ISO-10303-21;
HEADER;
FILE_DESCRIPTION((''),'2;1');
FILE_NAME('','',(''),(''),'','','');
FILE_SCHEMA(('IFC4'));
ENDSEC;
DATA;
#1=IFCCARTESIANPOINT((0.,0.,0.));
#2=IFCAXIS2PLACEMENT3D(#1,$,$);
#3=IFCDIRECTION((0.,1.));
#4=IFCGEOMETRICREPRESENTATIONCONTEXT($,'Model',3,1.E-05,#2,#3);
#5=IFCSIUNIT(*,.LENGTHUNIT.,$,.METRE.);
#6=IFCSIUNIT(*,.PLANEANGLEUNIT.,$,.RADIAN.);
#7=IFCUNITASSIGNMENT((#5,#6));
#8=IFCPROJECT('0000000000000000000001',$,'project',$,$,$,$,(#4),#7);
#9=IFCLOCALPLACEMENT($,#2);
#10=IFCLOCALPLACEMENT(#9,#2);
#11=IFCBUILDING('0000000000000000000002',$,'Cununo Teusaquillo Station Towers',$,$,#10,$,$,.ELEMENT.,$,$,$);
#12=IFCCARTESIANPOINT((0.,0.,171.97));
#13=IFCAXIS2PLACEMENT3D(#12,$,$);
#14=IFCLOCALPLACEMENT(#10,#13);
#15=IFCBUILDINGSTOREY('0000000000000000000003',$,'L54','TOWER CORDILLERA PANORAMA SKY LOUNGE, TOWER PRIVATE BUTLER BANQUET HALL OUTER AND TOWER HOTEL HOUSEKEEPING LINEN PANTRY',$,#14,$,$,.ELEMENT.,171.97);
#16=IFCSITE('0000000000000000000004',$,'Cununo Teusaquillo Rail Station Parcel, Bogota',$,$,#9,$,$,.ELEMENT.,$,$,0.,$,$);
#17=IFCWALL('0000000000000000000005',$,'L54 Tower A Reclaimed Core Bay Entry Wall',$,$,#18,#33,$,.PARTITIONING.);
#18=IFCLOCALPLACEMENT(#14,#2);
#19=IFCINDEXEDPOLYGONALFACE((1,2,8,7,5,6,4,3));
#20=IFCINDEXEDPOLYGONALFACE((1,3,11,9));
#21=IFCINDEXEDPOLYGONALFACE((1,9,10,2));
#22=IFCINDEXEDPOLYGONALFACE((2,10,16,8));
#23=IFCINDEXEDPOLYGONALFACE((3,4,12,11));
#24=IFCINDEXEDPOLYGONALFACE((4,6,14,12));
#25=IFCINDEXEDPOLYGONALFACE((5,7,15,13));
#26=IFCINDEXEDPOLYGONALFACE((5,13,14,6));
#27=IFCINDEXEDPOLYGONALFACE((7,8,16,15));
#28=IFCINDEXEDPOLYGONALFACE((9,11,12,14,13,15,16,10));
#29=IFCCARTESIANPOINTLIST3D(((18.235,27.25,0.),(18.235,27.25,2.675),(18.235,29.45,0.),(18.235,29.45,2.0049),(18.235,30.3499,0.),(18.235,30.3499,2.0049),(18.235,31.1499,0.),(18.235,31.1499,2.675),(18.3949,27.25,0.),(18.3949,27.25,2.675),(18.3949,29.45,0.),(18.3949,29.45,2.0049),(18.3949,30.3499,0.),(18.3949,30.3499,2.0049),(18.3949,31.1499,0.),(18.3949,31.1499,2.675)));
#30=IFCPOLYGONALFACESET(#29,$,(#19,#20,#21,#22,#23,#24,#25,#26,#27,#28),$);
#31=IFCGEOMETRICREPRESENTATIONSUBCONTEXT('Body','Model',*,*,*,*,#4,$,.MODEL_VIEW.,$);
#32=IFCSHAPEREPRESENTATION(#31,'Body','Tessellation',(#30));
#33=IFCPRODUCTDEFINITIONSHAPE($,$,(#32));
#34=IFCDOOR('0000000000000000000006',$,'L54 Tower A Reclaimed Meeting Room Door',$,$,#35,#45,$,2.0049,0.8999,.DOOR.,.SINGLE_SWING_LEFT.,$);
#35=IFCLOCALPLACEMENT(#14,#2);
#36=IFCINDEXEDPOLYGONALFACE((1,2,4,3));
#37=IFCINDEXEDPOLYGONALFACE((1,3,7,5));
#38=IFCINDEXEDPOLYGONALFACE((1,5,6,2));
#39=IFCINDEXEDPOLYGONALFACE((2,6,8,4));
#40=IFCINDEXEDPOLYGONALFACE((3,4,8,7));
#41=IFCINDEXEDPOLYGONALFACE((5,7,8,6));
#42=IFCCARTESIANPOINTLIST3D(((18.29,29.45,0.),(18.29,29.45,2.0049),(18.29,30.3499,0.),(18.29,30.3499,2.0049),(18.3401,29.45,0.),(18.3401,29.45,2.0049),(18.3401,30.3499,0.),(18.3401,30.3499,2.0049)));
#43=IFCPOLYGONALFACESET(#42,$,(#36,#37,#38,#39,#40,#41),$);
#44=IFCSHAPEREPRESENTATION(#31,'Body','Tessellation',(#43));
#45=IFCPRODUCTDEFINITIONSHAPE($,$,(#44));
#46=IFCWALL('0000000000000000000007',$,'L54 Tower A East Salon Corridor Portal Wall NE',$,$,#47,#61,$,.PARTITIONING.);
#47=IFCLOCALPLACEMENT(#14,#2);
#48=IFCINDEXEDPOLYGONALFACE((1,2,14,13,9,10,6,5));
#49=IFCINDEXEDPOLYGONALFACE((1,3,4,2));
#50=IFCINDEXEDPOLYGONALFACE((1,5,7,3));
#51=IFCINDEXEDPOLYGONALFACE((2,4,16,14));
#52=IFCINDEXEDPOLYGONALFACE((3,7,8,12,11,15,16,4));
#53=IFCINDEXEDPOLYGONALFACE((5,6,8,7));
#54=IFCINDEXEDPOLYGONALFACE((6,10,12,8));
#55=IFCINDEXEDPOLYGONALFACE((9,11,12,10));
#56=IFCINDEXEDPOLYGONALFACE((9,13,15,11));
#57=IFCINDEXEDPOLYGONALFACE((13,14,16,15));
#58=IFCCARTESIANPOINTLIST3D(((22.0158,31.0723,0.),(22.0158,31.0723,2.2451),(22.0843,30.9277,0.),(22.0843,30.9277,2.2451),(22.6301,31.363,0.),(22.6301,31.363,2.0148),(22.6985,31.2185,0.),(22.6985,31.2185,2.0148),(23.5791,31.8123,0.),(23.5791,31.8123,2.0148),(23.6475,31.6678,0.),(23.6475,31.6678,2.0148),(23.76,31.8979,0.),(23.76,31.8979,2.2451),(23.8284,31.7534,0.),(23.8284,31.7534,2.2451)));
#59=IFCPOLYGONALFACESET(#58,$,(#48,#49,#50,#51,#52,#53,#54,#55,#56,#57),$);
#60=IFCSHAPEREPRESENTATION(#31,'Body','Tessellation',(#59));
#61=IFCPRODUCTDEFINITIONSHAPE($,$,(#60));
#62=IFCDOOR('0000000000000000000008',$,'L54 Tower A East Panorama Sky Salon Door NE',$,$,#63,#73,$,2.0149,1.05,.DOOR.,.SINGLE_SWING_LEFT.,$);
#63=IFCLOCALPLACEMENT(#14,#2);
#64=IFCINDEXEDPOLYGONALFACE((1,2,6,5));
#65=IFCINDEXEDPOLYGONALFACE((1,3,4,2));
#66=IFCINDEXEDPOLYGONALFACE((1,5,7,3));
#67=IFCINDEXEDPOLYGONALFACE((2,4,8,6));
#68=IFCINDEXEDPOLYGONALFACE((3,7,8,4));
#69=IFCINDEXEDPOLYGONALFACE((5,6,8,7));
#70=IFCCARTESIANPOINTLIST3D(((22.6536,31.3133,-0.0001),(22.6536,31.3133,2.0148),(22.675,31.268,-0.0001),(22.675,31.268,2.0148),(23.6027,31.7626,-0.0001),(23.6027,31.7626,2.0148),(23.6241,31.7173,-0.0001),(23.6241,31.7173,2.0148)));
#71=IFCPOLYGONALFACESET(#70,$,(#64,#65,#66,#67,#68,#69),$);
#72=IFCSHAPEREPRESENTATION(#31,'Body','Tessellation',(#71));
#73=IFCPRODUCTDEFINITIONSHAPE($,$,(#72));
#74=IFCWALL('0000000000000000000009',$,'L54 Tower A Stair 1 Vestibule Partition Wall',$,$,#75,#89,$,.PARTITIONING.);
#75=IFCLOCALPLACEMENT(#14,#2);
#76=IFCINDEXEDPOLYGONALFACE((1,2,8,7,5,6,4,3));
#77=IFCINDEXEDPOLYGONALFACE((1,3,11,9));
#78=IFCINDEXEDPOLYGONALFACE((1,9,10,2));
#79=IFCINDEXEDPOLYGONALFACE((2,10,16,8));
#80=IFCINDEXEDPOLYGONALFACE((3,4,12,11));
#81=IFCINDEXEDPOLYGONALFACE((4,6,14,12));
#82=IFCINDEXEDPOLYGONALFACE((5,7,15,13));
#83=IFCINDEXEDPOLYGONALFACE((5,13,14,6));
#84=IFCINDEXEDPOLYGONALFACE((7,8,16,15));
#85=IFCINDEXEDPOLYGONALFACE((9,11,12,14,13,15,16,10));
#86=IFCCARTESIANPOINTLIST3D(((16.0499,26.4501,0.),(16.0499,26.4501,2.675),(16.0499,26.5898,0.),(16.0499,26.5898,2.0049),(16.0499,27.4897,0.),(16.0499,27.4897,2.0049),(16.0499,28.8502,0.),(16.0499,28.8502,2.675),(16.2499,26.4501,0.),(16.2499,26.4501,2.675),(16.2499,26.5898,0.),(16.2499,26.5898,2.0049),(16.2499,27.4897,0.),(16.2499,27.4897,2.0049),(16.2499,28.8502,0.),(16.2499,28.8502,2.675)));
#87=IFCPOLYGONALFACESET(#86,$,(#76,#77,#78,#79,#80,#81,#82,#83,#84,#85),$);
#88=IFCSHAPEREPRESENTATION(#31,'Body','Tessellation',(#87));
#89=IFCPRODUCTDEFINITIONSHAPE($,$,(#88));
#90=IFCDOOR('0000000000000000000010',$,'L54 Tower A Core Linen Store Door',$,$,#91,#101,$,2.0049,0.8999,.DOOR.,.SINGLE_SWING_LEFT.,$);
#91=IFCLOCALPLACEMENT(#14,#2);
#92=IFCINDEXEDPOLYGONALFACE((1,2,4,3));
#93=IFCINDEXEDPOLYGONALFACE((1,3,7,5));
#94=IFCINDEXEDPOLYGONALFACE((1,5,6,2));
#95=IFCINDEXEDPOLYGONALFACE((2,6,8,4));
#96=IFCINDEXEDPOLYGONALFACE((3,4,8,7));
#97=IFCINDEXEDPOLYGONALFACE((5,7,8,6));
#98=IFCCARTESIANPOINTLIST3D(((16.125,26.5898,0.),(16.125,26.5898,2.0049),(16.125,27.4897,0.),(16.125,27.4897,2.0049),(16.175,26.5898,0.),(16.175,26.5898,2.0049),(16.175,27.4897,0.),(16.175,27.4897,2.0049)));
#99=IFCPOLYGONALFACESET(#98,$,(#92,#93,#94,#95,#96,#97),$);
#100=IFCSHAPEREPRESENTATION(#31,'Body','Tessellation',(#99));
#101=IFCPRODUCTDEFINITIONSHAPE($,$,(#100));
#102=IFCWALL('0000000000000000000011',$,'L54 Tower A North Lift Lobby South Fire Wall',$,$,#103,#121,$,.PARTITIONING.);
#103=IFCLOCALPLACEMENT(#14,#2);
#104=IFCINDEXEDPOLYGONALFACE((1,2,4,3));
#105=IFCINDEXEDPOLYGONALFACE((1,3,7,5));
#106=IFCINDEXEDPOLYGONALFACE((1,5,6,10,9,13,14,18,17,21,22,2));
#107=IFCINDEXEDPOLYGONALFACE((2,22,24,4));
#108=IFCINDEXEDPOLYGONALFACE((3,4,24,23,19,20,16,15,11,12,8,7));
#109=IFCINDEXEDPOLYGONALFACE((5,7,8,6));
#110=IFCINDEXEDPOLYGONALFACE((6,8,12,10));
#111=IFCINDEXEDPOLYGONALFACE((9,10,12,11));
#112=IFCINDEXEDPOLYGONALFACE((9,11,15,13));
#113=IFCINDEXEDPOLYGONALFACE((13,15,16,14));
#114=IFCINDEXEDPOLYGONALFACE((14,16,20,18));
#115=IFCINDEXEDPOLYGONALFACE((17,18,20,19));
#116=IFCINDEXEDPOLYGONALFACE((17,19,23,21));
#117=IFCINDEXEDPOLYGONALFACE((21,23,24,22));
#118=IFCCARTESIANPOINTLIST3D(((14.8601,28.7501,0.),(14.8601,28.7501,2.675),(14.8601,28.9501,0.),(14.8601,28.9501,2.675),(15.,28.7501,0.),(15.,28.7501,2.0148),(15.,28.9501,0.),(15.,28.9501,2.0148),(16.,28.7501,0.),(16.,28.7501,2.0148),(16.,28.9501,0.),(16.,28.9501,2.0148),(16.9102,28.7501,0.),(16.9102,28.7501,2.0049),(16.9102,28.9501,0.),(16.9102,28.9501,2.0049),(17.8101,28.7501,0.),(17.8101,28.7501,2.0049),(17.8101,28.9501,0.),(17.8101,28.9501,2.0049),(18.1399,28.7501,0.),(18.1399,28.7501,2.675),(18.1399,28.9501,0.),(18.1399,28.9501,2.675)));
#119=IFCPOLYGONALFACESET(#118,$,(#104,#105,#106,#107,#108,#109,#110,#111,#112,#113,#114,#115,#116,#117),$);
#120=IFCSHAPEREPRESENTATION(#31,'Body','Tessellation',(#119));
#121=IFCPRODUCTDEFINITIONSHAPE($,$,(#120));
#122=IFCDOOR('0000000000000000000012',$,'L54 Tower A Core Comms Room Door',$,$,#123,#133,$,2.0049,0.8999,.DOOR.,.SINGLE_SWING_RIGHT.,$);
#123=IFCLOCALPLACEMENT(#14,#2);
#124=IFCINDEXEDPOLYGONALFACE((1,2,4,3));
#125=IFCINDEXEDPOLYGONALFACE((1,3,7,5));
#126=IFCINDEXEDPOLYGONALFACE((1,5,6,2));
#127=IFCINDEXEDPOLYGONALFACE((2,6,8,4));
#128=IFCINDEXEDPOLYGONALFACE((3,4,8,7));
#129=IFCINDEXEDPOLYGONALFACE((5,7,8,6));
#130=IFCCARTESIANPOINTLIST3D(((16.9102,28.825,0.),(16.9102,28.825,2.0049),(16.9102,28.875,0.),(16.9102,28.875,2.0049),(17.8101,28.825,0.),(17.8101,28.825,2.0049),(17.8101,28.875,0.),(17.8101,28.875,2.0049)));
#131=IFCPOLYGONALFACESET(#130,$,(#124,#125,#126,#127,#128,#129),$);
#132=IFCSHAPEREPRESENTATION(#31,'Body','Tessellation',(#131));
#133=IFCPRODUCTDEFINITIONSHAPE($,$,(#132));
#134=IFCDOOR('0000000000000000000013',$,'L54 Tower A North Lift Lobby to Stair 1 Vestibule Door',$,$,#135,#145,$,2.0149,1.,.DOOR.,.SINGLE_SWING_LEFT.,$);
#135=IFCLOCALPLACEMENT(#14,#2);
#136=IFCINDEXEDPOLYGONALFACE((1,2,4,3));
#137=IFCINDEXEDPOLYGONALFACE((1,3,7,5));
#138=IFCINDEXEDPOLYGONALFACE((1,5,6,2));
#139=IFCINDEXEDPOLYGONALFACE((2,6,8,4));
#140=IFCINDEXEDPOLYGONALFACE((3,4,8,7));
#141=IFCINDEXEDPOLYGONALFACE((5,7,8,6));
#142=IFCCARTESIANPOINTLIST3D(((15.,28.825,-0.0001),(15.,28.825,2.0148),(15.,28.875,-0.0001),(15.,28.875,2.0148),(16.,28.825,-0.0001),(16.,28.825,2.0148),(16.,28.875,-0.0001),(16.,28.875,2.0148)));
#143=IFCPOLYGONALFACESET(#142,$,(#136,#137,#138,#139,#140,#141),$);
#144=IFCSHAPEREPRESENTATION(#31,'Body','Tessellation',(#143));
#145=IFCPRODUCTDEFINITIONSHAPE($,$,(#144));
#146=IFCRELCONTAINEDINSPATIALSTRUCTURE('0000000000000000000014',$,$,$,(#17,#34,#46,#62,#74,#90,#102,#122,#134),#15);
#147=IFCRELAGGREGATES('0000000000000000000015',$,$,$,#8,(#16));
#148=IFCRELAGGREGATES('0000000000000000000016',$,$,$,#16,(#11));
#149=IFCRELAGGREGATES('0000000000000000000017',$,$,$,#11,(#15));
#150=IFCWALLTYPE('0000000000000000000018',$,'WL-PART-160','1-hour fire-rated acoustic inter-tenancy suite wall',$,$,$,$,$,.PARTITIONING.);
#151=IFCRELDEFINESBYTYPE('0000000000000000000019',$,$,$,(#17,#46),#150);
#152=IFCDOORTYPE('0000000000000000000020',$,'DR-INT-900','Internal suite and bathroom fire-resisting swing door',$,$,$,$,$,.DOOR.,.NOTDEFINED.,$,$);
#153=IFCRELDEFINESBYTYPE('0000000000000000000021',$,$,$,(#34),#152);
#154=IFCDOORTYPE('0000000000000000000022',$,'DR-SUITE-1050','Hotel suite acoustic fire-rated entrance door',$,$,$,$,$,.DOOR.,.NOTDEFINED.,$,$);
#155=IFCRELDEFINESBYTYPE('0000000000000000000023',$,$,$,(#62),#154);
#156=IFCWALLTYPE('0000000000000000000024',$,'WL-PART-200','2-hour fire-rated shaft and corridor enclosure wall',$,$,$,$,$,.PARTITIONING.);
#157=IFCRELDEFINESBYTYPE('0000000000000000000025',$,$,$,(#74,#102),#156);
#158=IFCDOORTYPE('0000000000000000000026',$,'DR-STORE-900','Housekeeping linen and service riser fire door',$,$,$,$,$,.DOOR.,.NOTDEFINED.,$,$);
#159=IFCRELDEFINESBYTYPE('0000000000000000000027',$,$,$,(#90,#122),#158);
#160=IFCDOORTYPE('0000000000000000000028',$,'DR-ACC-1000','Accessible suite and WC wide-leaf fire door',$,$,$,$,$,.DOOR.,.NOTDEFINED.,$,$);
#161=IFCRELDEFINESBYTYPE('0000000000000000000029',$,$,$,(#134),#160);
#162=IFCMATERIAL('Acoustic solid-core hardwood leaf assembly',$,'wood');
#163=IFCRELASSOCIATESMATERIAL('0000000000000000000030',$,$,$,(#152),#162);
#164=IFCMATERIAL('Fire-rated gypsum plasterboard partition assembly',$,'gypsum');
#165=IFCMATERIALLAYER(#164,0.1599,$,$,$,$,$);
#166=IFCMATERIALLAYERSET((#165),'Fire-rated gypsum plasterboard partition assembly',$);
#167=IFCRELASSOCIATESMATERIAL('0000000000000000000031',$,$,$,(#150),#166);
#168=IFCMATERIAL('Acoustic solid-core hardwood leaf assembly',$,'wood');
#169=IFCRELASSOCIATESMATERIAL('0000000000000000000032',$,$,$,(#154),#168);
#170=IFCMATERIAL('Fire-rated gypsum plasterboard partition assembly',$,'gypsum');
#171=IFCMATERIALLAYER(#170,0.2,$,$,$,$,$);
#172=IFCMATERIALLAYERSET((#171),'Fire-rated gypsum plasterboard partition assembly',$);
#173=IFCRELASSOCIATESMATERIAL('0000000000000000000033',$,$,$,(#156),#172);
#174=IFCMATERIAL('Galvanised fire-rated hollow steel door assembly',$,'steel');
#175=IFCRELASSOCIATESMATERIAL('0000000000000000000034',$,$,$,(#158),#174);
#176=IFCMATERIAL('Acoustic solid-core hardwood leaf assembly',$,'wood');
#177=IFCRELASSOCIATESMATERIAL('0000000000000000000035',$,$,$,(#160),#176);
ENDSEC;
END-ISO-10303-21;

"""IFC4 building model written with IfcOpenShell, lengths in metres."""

from ifc_helpers import new_model, si_unit, direction, frame, frame_2d, origin, place, context, subcontext, project, spatial, rectangle, extrude, source, transform, mapped, material, layer, layer_set, type_object, element, fill, save


model = new_model("IFC4")

# Units and contexts
model_context = context("Model", 3, precision=1e-05, world=origin(), true_north=direction((0.0, 1.0)))
body_context = subcontext(model_context, "Body", "Model", "MODEL_VIEW")
ifc_project = project(units=[si_unit("LENGTHUNIT", "METRE"), si_unit("PLANEANGLEUNIT", "RADIAN")], contexts=[model_context])

# Site, building, storey
site_placement = place(None, origin())
site = spatial("IfcSite", under=ifc_project, at=site_placement, Name="Cununo Teusaquillo Rail Station Parcel, Bogota", CompositionType="ELEMENT", RefElevation=0.0)
building_placement = place(site_placement, origin())
building = spatial("IfcBuilding", under=site, at=building_placement, Name="Cununo Teusaquillo Station Towers", CompositionType="ELEMENT")
storey_placement = place(building_placement, frame((0.0, 0.0, 171.97)))
storey = spatial("IfcBuildingStorey", under=building, at=storey_placement, Name="L54", Description="TOWER CORDILLERA PANORAMA SKY LOUNGE, TOWER PRIVATE BUTLER BANQUET HALL OUTER AND TOWER HOTEL HOUSEKEEPING LINEN PANTRY", CompositionType="ELEMENT", Elevation=171.97)

# Walls, openings, doors
ifc_material_1 = material(Name="Acoustic solid-core hardwood leaf assembly", Category="wood")
door_type_1 = type_object("IfcDoorType", Name="DR-INT-900", Description="Internal suite and bathroom fire-resisting swing door", OperationType="NOTDEFINED", PredefinedType="DOOR", material=ifc_material_1)
shared_shape_1 = source(origin(), body_context, "Body", "SweptSolid", [
    extrude(rectangle(XDim=0.8999, YDim=2.0049, at=frame_2d((0.45, 1.0024))), frame((0.0, 0.0249, 0.0), z_axis=(0.0, -1.0, 0.0), x_axis=(1.0, 0.0, 0.0)), (0.0, 0.0, 1.0), 0.05),
])
ifc_material_2 = material(Name="Fire-rated gypsum plasterboard partition assembly", Category="gypsum")
ifc_layer_1 = layer(ifc_material_2, 0.1599)
ifc_layer_set_1 = layer_set([ifc_layer_1], Name="Fire-rated gypsum plasterboard partition assembly")
wall_type_1 = type_object("IfcWallType", Name="WL-PART-160", Description="1-hour fire-rated acoustic inter-tenancy suite wall", PredefinedType="PARTITIONING", material=ifc_layer_set_1)
wall_1_placement = place(storey_placement, frame((18.3149, 27.25, 0.0), z_axis=(0.0, 0.0, 1.0), x_axis=(0.0, 1.0, 0.0)))
wall_1 = element("IfcWall", 1, at=wall_1_placement, inside=storey, type_object=wall_type_1, Name="L54 Tower A Reclaimed Core Bay Entry Wall", PredefinedType="PARTITIONING", context=body_context, shape_type="SweptSolid", body=[
    extrude(rectangle(XDim=3.8999, YDim=0.1599, at=frame_2d((1.95, 0.0))), origin(), (0.0, 0.0, 1.0), 2.675),
])
shared_shape_2 = source(origin(), body_context, "Body", "SweptSolid", [
    extrude(rectangle(XDim=0.8999, YDim=2.0049, at=frame_2d((0.45, 1.0024))), frame((0.0, 0.0898, 0.0), z_axis=(0.0, -1.0, 0.0), x_axis=(1.0, 0.0, 0.0)), (0.0, 0.0, 1.0), 0.1799),
])
opening_1_placement = place(wall_1_placement, frame((2.2, 0.0, 0.0)))
opening_1 = element("IfcOpeningElement", 2, at=opening_1_placement, cuts=wall_1, PredefinedType="OPENING", context=body_context, shape_type="MappedRepresentation", body=[
    mapped(shared_shape_2, transform((0.0, 0.0, 0.0), x_axis=(1.0, 0.0, 0.0), y_axis=(0.0, 1.0, 0.0), z_axis=(0.0, 0.0, 1.0), scale=1.0)),
])
door_1_placement = place(opening_1_placement, origin())
door_1 = element("IfcDoor", 3, at=door_1_placement, inside=storey, type_object=door_type_1, Name="L54 Tower A Reclaimed Meeting Room Door", OperationType="SINGLE_SWING_LEFT", OverallHeight=2.0049, OverallWidth=0.8999, PredefinedType="DOOR", context=body_context, shape_type="MappedRepresentation", body=[
    mapped(shared_shape_1, transform((0.0, 0.0, 0.0), x_axis=(1.0, 0.0, 0.0), y_axis=(0.0, 1.0, 0.0), z_axis=(0.0, 0.0, 1.0), scale=1.0)),
])
fill(opening_1, door_1)
wall_2_placement = place(storey_placement, frame((22.05, 31.0, 0.0), z_axis=(0.0, 0.0, 1.0), x_axis=(0.903836, 0.42788, 0.0)))
wall_2 = element("IfcWall", 4, at=wall_2_placement, inside=storey, type_object=wall_type_1, Name="L54 Tower A East Salon Corridor Portal Wall NE", PredefinedType="PARTITIONING", context=body_context, shape_type="SweptSolid", body=[
    extrude(rectangle(XDim=1.9297, YDim=0.1599, at=frame_2d((0.9648, 0.0))), origin(), (0.0, 0.0, 1.0), 2.2451),
])
shared_shape_3 = source(origin(), body_context, "Body", "SweptSolid", [
    extrude(rectangle(XDim=1.05, YDim=2.0149, at=frame_2d((0.5249, 1.0073))), frame((0.0, 0.0898, 0.0), z_axis=(0.0, -1.0, 0.0), x_axis=(1.0, 0.0, 0.0)), (0.0, 0.0, 1.0), 0.1799),
])
opening_2_placement = place(wall_2_placement, frame((0.6797, 0.0, 0.0)))
opening_2 = element("IfcOpeningElement", 5, at=opening_2_placement, cuts=wall_2, PredefinedType="OPENING", context=body_context, shape_type="MappedRepresentation", body=[
    mapped(shared_shape_3, transform((0.0, 0.0, 0.0), x_axis=(1.0, 0.0, 0.0), y_axis=(0.0, 1.0, 0.0), z_axis=(0.0, 0.0, 1.0), scale=1.0)),
])
ifc_material_3 = material(Name="Acoustic solid-core hardwood leaf assembly", Category="wood")
door_type_2 = type_object("IfcDoorType", Name="DR-SUITE-1050", Description="Hotel suite acoustic fire-rated entrance door", OperationType="NOTDEFINED", PredefinedType="DOOR", material=ifc_material_3)
shared_shape_4 = source(origin(), body_context, "Body", "SweptSolid", [
    extrude(rectangle(XDim=1.05, YDim=2.0149, at=frame_2d((0.5249, 1.0073))), frame((0.0, 0.0249, 0.0), z_axis=(0.0, -1.0, 0.0), x_axis=(1.0, 0.0, 0.0)), (0.0, 0.0, 1.0), 0.05),
])
door_2_placement = place(opening_2_placement, origin())
door_2 = element("IfcDoor", 6, at=door_2_placement, inside=storey, type_object=door_type_2, Name="L54 Tower A East Panorama Sky Salon Door NE", OperationType="SINGLE_SWING_LEFT", OverallHeight=2.0149, OverallWidth=1.05, PredefinedType="DOOR", context=body_context, shape_type="MappedRepresentation", body=[
    mapped(shared_shape_4, transform((0.0, 0.0, 0.0), x_axis=(1.0, 0.0, 0.0), y_axis=(0.0, 1.0, 0.0), z_axis=(0.0, 0.0, 1.0), scale=1.0)),
])
fill(opening_2, door_2)
ifc_material_4 = material(Name="Fire-rated gypsum plasterboard partition assembly", Category="gypsum")
ifc_layer_2 = layer(ifc_material_4, 0.2)
ifc_layer_set_2 = layer_set([ifc_layer_2], Name="Fire-rated gypsum plasterboard partition assembly")
wall_type_2 = type_object("IfcWallType", Name="WL-PART-200", Description="2-hour fire-rated shaft and corridor enclosure wall", PredefinedType="PARTITIONING", material=ifc_layer_set_2)
wall_3_placement = place(storey_placement, frame((16.1499, 26.45, 0.0), z_axis=(0.0, 0.0, 1.0), x_axis=(0.0, 1.0, 0.0)))
wall_3 = element("IfcWall", 7, at=wall_3_placement, inside=storey, type_object=wall_type_2, Name="L54 Tower A Stair 1 Vestibule Partition Wall", PredefinedType="PARTITIONING", context=body_context, shape_type="SweptSolid", body=[
    extrude(rectangle(XDim=2.4001, YDim=0.2, at=frame_2d((1.2002, 0.0))), origin(), (0.0, 0.0, 1.0), 2.675),
])
shared_shape_5 = source(origin(), body_context, "Body", "SweptSolid", [
    extrude(rectangle(XDim=0.8999, YDim=2.0049, at=frame_2d((0.45, 1.0024))), frame((0.0, 0.1099, 0.0), z_axis=(0.0, -1.0, 0.0), x_axis=(1.0, 0.0, 0.0)), (0.0, 0.0, 1.0), 0.22),
])
opening_3_placement = place(wall_3_placement, frame((0.1399, 0.0, 0.0)))
opening_3 = element("IfcOpeningElement", 8, at=opening_3_placement, cuts=wall_3, PredefinedType="OPENING", context=body_context, shape_type="MappedRepresentation", body=[
    mapped(shared_shape_5, transform((0.0, 0.0, 0.0), x_axis=(1.0, 0.0, 0.0), y_axis=(0.0, 1.0, 0.0), z_axis=(0.0, 0.0, 1.0), scale=1.0)),
])
ifc_material_5 = material(Name="Galvanised fire-rated hollow steel door assembly", Category="steel")
door_type_3 = type_object("IfcDoorType", Name="DR-STORE-900", Description="Housekeeping linen and service riser fire door", OperationType="NOTDEFINED", PredefinedType="DOOR", material=ifc_material_5)
door_3_placement = place(opening_3_placement, origin())
door_3 = element("IfcDoor", 9, at=door_3_placement, inside=storey, type_object=door_type_3, Name="L54 Tower A Core Linen Store Door", OperationType="SINGLE_SWING_LEFT", OverallHeight=2.0049, OverallWidth=0.8999, PredefinedType="DOOR", context=body_context, shape_type="MappedRepresentation", body=[
    mapped(shared_shape_1, transform((0.0, 0.0, 0.0), x_axis=(1.0, 0.0, 0.0), y_axis=(0.0, 1.0, 0.0), z_axis=(0.0, 0.0, 1.0), scale=1.0)),
])
fill(opening_3, door_3)

# Wall, openings, doors
wall_4_placement = place(storey_placement, frame((14.8601, 28.8501, 0.0), z_axis=(0.0, 0.0, 1.0), x_axis=(1.0, 0.0, 0.0)))
wall_4 = element("IfcWall", 10, at=wall_4_placement, inside=storey, type_object=wall_type_2, Name="L54 Tower A North Lift Lobby South Fire Wall", PredefinedType="PARTITIONING", context=body_context, shape_type="SweptSolid", body=[
    extrude(rectangle(XDim=3.2798, YDim=0.2, at=frame_2d((1.6399, 0.0))), origin(), (0.0, 0.0, 1.0), 2.675),
])
shared_shape_6 = source(origin(), body_context, "Body", "SweptSolid", [
    extrude(rectangle(XDim=1.0, YDim=2.0149, at=frame_2d((0.5, 1.0073))), frame((0.0, 0.1099, 0.0), z_axis=(0.0, -1.0, 0.0), x_axis=(1.0, 0.0, 0.0)), (0.0, 0.0, 1.0), 0.22),
])
opening_4_placement = place(wall_4_placement, frame((0.1399, 0.0, 0.0)))
opening_4 = element("IfcOpeningElement", 11, at=opening_4_placement, cuts=wall_4, PredefinedType="OPENING", context=body_context, shape_type="MappedRepresentation", body=[
    mapped(shared_shape_6, transform((0.0, 0.0, 0.0), x_axis=(1.0, 0.0, 0.0), y_axis=(0.0, 1.0, 0.0), z_axis=(0.0, 0.0, 1.0), scale=1.0)),
])
opening_5_placement = place(wall_4_placement, frame((2.05, 0.0, 0.0)))
opening_5 = element("IfcOpeningElement", 12, at=opening_5_placement, cuts=wall_4, PredefinedType="OPENING", context=body_context, shape_type="MappedRepresentation", body=[
    mapped(shared_shape_5, transform((0.0, 0.0, 0.0), x_axis=(1.0, 0.0, 0.0), y_axis=(0.0, 1.0, 0.0), z_axis=(0.0, 0.0, 1.0), scale=1.0)),
])
door_4_placement = place(opening_5_placement, origin())
door_4 = element("IfcDoor", 13, at=door_4_placement, inside=storey, type_object=door_type_3, Name="L54 Tower A Core Comms Room Door", OperationType="SINGLE_SWING_RIGHT", OverallHeight=2.0049, OverallWidth=0.8999, PredefinedType="DOOR", context=body_context, shape_type="MappedRepresentation", body=[
    mapped(shared_shape_1, transform((0.0, 0.0, 0.0), x_axis=(1.0, 0.0, 0.0), y_axis=(0.0, 1.0, 0.0), z_axis=(0.0, 0.0, 1.0), scale=1.0)),
])
fill(opening_5, door_4)
ifc_material_6 = material(Name="Acoustic solid-core hardwood leaf assembly", Category="wood")
door_type_4 = type_object("IfcDoorType", Name="DR-ACC-1000", Description="Accessible suite and WC wide-leaf fire door", OperationType="NOTDEFINED", PredefinedType="DOOR", material=ifc_material_6)
shared_shape_7 = source(origin(), body_context, "Body", "SweptSolid", [
    extrude(rectangle(XDim=1.0, YDim=2.0149, at=frame_2d((0.5, 1.0073))), frame((0.0, 0.0249, 0.0), z_axis=(0.0, -1.0, 0.0), x_axis=(1.0, 0.0, 0.0)), (0.0, 0.0, 1.0), 0.05),
])
door_5_placement = place(opening_4_placement, origin())
door_5 = element("IfcDoor", 14, at=door_5_placement, inside=storey, type_object=door_type_4, Name="L54 Tower A North Lift Lobby to Stair 1 Vestibule Door", OperationType="SINGLE_SWING_LEFT", OverallHeight=2.0149, OverallWidth=1.0, PredefinedType="DOOR", context=body_context, shape_type="MappedRepresentation", body=[
    mapped(shared_shape_7, transform((0.0, 0.0, 0.0), x_axis=(1.0, 0.0, 0.0), y_axis=(0.0, 1.0, 0.0), z_axis=(0.0, 0.0, 1.0), scale=1.0)),
])
fill(opening_4, door_5)

save(model, "model.ifc")
